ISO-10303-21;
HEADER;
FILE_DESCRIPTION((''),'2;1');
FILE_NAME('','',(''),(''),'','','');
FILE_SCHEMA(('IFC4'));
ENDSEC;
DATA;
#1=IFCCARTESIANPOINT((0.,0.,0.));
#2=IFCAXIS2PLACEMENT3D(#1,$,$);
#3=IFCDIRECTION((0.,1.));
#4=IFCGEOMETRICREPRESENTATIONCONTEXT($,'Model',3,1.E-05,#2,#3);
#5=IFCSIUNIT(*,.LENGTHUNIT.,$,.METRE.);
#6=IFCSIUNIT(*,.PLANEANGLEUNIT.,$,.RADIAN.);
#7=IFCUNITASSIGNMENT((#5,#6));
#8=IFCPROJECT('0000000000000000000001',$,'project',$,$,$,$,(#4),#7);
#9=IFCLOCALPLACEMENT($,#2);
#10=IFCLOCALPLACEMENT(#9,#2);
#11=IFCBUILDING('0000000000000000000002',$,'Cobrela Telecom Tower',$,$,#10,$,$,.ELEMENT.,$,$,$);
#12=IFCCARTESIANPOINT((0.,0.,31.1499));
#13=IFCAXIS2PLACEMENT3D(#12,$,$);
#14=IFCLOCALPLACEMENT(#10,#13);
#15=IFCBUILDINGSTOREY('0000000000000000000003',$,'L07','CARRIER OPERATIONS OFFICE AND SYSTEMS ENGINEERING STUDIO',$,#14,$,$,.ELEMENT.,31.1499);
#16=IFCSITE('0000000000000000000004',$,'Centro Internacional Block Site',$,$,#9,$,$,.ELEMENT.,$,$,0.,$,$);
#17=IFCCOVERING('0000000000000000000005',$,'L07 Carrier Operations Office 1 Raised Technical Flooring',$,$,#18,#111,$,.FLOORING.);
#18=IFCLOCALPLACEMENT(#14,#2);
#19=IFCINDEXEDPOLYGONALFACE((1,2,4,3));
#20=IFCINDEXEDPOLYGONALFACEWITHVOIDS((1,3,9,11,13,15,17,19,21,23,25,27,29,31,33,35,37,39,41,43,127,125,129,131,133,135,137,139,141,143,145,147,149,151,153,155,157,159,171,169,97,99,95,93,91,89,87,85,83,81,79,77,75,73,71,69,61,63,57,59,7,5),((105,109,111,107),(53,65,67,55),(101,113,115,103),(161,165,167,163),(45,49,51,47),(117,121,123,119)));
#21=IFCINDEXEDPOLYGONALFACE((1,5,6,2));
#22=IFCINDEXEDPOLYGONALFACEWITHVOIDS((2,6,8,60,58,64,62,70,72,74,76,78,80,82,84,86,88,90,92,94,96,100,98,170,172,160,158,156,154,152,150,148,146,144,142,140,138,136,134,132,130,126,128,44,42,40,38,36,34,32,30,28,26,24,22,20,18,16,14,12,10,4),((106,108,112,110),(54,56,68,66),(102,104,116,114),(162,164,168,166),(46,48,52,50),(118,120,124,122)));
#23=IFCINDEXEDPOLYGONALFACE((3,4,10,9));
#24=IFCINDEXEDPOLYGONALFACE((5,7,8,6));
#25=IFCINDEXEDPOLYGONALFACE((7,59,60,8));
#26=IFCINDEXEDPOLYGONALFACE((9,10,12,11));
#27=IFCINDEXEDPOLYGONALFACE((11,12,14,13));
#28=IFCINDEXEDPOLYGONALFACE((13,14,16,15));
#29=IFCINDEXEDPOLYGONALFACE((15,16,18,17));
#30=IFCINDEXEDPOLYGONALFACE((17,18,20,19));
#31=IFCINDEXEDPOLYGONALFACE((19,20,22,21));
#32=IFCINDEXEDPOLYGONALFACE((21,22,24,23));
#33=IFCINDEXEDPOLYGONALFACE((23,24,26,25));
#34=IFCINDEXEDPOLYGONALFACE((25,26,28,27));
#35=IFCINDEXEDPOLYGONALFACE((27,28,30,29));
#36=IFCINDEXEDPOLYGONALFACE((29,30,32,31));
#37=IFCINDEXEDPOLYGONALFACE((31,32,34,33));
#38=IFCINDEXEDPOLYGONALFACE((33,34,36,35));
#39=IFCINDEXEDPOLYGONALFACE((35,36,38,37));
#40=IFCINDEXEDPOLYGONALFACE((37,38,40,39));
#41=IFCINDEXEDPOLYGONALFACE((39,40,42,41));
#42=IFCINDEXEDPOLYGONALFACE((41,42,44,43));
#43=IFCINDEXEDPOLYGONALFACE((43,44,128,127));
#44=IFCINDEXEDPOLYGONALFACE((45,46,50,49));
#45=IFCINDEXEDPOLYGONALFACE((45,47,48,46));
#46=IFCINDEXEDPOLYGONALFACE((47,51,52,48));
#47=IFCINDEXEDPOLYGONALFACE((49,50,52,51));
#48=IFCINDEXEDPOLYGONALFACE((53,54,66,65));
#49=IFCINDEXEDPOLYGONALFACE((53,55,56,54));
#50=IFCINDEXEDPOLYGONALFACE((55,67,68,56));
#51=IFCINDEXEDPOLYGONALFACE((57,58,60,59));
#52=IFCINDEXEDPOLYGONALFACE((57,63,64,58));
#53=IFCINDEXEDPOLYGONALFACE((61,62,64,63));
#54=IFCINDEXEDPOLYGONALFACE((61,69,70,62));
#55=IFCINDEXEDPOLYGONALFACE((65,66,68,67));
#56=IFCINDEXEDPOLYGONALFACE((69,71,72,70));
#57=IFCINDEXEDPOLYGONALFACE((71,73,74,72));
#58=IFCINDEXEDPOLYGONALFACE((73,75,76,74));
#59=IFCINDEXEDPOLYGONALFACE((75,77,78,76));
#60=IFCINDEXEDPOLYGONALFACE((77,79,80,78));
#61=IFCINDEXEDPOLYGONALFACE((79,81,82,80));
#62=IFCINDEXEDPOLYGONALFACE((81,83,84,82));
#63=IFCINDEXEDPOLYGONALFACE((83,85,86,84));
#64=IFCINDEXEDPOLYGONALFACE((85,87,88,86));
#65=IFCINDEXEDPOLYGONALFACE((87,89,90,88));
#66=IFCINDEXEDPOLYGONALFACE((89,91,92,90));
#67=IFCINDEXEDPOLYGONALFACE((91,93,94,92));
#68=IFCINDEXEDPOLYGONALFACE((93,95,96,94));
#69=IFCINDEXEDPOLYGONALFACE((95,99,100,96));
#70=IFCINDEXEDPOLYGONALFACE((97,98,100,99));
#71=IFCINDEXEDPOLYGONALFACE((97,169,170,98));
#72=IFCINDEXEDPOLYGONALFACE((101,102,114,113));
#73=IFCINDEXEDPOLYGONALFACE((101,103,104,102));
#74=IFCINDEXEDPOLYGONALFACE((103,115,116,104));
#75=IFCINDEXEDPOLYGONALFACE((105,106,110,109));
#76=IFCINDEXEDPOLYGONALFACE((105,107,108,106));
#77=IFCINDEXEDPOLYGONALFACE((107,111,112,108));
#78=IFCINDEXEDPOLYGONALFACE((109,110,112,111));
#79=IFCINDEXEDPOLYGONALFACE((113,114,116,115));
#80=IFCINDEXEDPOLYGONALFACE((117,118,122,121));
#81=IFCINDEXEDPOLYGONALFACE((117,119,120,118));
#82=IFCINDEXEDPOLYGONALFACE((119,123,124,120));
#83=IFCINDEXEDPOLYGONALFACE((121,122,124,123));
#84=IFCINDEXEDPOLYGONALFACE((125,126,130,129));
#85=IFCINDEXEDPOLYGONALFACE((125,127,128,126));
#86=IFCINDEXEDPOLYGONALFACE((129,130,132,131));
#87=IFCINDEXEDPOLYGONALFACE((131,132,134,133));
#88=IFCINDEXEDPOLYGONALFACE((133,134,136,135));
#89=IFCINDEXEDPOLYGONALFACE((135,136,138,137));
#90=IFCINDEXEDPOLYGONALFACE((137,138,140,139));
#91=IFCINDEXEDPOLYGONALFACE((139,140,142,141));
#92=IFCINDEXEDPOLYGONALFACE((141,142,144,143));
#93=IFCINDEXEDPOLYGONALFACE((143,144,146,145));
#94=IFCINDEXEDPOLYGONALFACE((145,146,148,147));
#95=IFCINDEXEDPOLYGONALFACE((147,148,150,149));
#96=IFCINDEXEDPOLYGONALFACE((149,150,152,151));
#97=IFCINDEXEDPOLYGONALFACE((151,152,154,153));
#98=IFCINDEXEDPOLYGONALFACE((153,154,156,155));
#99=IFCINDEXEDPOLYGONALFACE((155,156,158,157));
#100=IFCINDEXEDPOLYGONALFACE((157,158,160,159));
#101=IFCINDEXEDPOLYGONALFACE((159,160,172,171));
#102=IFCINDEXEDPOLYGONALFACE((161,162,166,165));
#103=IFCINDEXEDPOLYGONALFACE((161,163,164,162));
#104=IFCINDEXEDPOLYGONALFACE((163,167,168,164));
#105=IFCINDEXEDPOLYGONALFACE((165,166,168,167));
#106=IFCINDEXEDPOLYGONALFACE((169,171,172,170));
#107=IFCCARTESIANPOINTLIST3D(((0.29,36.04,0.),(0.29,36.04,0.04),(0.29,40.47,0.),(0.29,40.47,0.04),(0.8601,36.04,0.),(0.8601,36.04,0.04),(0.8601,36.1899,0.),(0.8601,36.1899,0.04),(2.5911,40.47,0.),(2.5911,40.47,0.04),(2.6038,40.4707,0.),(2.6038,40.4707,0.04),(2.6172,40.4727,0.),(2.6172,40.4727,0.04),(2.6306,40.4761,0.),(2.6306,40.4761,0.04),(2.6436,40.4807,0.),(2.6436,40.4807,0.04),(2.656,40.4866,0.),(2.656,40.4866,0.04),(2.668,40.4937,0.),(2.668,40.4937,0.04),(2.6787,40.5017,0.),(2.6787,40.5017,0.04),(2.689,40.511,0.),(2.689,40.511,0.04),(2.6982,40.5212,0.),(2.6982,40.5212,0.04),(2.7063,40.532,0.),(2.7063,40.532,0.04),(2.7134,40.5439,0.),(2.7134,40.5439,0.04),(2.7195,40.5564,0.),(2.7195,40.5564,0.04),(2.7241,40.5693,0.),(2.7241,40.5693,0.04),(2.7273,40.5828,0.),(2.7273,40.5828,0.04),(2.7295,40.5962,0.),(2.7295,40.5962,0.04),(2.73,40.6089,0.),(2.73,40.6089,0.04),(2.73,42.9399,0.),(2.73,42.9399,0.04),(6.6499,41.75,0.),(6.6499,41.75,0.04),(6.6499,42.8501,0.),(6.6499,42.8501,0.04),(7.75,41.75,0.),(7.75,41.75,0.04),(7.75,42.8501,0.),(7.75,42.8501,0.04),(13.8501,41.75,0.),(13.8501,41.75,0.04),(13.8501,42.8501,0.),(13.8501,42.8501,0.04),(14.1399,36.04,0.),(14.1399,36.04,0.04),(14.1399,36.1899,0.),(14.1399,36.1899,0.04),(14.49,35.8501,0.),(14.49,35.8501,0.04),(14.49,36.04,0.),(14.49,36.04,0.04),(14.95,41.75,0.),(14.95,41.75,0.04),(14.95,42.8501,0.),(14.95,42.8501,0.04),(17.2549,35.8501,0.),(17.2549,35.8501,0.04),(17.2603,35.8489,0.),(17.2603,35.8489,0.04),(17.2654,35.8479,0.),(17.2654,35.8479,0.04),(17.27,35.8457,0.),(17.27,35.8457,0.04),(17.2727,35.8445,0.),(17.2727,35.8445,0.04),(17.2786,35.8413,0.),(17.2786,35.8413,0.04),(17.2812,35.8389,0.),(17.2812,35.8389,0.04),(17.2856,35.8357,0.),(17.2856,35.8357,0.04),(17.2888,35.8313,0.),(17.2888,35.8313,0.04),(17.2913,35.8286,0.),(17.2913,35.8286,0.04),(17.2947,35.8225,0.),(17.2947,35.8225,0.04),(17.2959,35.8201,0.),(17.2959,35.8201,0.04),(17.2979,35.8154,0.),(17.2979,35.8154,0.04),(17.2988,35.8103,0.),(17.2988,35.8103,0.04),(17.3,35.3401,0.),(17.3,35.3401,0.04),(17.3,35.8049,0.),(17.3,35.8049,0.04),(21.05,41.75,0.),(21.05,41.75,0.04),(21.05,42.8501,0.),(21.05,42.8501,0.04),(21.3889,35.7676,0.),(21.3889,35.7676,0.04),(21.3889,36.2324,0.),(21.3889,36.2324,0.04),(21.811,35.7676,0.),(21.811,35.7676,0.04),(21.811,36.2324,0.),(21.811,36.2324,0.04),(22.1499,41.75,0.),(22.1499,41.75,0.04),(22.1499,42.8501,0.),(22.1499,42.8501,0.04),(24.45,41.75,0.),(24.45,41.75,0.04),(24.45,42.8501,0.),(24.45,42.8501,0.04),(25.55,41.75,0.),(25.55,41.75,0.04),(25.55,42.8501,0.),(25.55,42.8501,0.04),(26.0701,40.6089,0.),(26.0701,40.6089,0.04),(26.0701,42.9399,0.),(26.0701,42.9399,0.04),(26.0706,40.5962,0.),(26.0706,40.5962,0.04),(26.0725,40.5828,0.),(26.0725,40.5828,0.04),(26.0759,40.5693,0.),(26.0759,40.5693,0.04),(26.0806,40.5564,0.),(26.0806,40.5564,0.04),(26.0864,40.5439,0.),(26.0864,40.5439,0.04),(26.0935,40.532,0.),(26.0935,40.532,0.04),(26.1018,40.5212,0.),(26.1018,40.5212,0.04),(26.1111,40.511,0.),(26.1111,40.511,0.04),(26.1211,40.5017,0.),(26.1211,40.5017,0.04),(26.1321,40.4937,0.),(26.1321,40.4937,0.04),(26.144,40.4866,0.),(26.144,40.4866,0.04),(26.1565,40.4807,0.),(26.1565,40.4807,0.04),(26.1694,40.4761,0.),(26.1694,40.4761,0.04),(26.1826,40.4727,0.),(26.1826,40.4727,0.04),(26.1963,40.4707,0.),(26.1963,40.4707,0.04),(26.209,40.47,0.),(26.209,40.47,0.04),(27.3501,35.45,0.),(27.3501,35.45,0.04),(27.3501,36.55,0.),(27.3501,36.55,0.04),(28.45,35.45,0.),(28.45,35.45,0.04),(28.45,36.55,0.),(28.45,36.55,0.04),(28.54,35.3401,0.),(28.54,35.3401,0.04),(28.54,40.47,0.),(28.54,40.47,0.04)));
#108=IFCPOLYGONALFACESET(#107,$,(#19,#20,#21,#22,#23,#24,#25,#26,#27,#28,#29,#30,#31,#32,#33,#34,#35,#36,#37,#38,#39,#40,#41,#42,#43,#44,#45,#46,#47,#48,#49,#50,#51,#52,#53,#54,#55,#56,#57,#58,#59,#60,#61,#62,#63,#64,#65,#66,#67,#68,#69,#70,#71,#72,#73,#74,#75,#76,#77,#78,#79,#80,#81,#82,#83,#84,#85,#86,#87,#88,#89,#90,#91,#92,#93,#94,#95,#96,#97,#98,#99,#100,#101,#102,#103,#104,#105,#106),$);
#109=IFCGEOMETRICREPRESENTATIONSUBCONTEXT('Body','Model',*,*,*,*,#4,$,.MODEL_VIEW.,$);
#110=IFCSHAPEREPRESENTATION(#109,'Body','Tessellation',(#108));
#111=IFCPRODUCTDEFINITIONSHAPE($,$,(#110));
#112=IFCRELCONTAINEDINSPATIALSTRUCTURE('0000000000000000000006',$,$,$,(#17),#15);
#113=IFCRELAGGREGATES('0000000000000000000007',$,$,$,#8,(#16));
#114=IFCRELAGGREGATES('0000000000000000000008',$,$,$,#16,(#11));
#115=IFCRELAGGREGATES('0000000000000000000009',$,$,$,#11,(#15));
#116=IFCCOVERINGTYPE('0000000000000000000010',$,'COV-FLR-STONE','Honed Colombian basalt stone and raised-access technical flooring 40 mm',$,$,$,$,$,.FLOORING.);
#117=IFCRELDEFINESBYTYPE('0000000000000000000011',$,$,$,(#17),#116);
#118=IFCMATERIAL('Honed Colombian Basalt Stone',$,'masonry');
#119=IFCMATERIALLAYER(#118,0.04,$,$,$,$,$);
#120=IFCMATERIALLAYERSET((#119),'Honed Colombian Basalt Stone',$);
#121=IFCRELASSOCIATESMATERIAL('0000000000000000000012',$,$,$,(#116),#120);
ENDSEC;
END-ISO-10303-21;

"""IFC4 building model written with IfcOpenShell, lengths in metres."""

from ifc_helpers import new_model, si_unit, direction, frame, origin, place, context, subcontext, project, spatial, polyline, outline, extrude, material, layer, layer_set, type_object, element, save


model = new_model("IFC4")

# Units and contexts
model_context = context("Model", 3, precision=1e-05, world=origin(), true_north=direction((0.0, 1.0)))
body_context = subcontext(model_context, "Body", "Model", "MODEL_VIEW")
ifc_project = project(units=[si_unit("LENGTHUNIT", "METRE"), si_unit("PLANEANGLEUNIT", "RADIAN")], contexts=[model_context])

# Site, building, storey
site_placement = place(None, origin())
site = spatial("IfcSite", under=ifc_project, at=site_placement, Name="Centro Internacional Block Site", CompositionType="ELEMENT", RefElevation=0.0)
building_placement = place(site_placement, origin())
building = spatial("IfcBuilding", under=site, at=building_placement, Name="Cobrela Telecom Tower", CompositionType="ELEMENT")
storey_placement = place(building_placement, frame((0.0, 0.0, 31.1499)))
storey = spatial("IfcBuildingStorey", under=building, at=storey_placement, Name="L07", Description="CARRIER OPERATIONS OFFICE AND SYSTEMS ENGINEERING STUDIO", CompositionType="ELEMENT", Elevation=31.1499)

# Covering
ifc_material_1 = material(Name="Honed Colombian Basalt Stone", Category="masonry")
ifc_layer_1 = layer(ifc_material_1, 0.04)
ifc_layer_set_1 = layer_set([ifc_layer_1], Name="Honed Colombian Basalt Stone")
covering_type_1 = type_object("IfcCoveringType", Name="COV-FLR-STONE", Description="Honed Colombian basalt stone and raised-access technical flooring 40 mm", PredefinedType="FLOORING", material=ifc_layer_set_1)
covering_1_placement = place(storey_placement, origin())
element("IfcCovering", 1, at=covering_1_placement, inside=storey, type_object=covering_type_1, Name="L07 Carrier Operations Office 1 Raised Technical Flooring", PredefinedType="FLOORING", context=body_context, shape_type="SweptSolid", body=[
    extrude(outline(polyline([(14.1399, 36.1899), (0.8601, 36.1899), (0.8601, 36.04), (0.29, 36.04), (0.29, 40.47), (2.5911, 40.47), (2.6038, 40.4707), (2.6172, 40.4727), (2.6306, 40.4761), (2.6436, 40.4807), (2.656, 40.4866), (2.668, 40.4937), (2.6787, 40.5017), (2.689, 40.511), (2.6982, 40.5212), (2.7063, 40.532), (2.7134, 40.5439), (2.7195, 40.5564), (2.7241, 40.5693), (2.7273, 40.5828), (2.7295, 40.5962), (2.73, 40.6089), (2.73, 42.9399), (26.0701, 42.9399), (26.0701, 40.6089), (26.0706, 40.5962), (26.0725, 40.5828), (26.0759, 40.5693), (26.0806, 40.5564), (26.0864, 40.5439), (26.0935, 40.532), (26.1018, 40.5212), (26.1111, 40.511), (26.1211, 40.5017), (26.1321, 40.4937), (26.144, 40.4866), (26.1565, 40.4807), (26.1694, 40.4761), (26.1826, 40.4727), (26.1963, 40.4707), (26.209, 40.47), (28.54, 40.47), (28.54, 35.3401), (17.3, 35.3401), (17.3, 35.8049), (17.2988, 35.8103), (17.2979, 35.8154), (17.2959, 35.8201), (17.2947, 35.8225), (17.2913, 35.8286), (17.2888, 35.8313), (17.2856, 35.8357), (17.2812, 35.8389), (17.2786, 35.8413), (17.2727, 35.8445), (17.27, 35.8457), (17.2654, 35.8479), (17.2603, 35.8489), (17.2549, 35.8501), (14.49, 35.8501), (14.49, 36.04), (14.1399, 36.04), (14.1399, 36.1899)]), holes=[polyline([(21.811, 35.7676), (21.811, 36.2324), (21.3889, 36.2324), (21.3889, 35.7676), (21.811, 35.7676)]), polyline([(28.45, 35.45), (28.45, 36.55), (27.3501, 36.55), (27.3501, 35.45), (28.45, 35.45)]), polyline([(7.75, 41.75), (7.75, 42.8501), (6.6499, 42.8501), (6.6499, 41.75), (7.75, 41.75)]), polyline([(14.95, 41.75), (14.95, 42.8501), (13.8501, 42.8501), (13.8501, 41.75), (14.95, 41.75)]), polyline([(22.1499, 41.75), (22.1499, 42.8501), (21.05, 42.8501), (21.05, 41.75), (22.1499, 41.75)]), polyline([(25.55, 42.8501), (24.45, 42.8501), (24.45, 41.75), (25.55, 41.75), (25.55, 42.8501)])]), origin(), (0.0, 0.0, 1.0), 0.04),
])

save(model, "model.ifc")
